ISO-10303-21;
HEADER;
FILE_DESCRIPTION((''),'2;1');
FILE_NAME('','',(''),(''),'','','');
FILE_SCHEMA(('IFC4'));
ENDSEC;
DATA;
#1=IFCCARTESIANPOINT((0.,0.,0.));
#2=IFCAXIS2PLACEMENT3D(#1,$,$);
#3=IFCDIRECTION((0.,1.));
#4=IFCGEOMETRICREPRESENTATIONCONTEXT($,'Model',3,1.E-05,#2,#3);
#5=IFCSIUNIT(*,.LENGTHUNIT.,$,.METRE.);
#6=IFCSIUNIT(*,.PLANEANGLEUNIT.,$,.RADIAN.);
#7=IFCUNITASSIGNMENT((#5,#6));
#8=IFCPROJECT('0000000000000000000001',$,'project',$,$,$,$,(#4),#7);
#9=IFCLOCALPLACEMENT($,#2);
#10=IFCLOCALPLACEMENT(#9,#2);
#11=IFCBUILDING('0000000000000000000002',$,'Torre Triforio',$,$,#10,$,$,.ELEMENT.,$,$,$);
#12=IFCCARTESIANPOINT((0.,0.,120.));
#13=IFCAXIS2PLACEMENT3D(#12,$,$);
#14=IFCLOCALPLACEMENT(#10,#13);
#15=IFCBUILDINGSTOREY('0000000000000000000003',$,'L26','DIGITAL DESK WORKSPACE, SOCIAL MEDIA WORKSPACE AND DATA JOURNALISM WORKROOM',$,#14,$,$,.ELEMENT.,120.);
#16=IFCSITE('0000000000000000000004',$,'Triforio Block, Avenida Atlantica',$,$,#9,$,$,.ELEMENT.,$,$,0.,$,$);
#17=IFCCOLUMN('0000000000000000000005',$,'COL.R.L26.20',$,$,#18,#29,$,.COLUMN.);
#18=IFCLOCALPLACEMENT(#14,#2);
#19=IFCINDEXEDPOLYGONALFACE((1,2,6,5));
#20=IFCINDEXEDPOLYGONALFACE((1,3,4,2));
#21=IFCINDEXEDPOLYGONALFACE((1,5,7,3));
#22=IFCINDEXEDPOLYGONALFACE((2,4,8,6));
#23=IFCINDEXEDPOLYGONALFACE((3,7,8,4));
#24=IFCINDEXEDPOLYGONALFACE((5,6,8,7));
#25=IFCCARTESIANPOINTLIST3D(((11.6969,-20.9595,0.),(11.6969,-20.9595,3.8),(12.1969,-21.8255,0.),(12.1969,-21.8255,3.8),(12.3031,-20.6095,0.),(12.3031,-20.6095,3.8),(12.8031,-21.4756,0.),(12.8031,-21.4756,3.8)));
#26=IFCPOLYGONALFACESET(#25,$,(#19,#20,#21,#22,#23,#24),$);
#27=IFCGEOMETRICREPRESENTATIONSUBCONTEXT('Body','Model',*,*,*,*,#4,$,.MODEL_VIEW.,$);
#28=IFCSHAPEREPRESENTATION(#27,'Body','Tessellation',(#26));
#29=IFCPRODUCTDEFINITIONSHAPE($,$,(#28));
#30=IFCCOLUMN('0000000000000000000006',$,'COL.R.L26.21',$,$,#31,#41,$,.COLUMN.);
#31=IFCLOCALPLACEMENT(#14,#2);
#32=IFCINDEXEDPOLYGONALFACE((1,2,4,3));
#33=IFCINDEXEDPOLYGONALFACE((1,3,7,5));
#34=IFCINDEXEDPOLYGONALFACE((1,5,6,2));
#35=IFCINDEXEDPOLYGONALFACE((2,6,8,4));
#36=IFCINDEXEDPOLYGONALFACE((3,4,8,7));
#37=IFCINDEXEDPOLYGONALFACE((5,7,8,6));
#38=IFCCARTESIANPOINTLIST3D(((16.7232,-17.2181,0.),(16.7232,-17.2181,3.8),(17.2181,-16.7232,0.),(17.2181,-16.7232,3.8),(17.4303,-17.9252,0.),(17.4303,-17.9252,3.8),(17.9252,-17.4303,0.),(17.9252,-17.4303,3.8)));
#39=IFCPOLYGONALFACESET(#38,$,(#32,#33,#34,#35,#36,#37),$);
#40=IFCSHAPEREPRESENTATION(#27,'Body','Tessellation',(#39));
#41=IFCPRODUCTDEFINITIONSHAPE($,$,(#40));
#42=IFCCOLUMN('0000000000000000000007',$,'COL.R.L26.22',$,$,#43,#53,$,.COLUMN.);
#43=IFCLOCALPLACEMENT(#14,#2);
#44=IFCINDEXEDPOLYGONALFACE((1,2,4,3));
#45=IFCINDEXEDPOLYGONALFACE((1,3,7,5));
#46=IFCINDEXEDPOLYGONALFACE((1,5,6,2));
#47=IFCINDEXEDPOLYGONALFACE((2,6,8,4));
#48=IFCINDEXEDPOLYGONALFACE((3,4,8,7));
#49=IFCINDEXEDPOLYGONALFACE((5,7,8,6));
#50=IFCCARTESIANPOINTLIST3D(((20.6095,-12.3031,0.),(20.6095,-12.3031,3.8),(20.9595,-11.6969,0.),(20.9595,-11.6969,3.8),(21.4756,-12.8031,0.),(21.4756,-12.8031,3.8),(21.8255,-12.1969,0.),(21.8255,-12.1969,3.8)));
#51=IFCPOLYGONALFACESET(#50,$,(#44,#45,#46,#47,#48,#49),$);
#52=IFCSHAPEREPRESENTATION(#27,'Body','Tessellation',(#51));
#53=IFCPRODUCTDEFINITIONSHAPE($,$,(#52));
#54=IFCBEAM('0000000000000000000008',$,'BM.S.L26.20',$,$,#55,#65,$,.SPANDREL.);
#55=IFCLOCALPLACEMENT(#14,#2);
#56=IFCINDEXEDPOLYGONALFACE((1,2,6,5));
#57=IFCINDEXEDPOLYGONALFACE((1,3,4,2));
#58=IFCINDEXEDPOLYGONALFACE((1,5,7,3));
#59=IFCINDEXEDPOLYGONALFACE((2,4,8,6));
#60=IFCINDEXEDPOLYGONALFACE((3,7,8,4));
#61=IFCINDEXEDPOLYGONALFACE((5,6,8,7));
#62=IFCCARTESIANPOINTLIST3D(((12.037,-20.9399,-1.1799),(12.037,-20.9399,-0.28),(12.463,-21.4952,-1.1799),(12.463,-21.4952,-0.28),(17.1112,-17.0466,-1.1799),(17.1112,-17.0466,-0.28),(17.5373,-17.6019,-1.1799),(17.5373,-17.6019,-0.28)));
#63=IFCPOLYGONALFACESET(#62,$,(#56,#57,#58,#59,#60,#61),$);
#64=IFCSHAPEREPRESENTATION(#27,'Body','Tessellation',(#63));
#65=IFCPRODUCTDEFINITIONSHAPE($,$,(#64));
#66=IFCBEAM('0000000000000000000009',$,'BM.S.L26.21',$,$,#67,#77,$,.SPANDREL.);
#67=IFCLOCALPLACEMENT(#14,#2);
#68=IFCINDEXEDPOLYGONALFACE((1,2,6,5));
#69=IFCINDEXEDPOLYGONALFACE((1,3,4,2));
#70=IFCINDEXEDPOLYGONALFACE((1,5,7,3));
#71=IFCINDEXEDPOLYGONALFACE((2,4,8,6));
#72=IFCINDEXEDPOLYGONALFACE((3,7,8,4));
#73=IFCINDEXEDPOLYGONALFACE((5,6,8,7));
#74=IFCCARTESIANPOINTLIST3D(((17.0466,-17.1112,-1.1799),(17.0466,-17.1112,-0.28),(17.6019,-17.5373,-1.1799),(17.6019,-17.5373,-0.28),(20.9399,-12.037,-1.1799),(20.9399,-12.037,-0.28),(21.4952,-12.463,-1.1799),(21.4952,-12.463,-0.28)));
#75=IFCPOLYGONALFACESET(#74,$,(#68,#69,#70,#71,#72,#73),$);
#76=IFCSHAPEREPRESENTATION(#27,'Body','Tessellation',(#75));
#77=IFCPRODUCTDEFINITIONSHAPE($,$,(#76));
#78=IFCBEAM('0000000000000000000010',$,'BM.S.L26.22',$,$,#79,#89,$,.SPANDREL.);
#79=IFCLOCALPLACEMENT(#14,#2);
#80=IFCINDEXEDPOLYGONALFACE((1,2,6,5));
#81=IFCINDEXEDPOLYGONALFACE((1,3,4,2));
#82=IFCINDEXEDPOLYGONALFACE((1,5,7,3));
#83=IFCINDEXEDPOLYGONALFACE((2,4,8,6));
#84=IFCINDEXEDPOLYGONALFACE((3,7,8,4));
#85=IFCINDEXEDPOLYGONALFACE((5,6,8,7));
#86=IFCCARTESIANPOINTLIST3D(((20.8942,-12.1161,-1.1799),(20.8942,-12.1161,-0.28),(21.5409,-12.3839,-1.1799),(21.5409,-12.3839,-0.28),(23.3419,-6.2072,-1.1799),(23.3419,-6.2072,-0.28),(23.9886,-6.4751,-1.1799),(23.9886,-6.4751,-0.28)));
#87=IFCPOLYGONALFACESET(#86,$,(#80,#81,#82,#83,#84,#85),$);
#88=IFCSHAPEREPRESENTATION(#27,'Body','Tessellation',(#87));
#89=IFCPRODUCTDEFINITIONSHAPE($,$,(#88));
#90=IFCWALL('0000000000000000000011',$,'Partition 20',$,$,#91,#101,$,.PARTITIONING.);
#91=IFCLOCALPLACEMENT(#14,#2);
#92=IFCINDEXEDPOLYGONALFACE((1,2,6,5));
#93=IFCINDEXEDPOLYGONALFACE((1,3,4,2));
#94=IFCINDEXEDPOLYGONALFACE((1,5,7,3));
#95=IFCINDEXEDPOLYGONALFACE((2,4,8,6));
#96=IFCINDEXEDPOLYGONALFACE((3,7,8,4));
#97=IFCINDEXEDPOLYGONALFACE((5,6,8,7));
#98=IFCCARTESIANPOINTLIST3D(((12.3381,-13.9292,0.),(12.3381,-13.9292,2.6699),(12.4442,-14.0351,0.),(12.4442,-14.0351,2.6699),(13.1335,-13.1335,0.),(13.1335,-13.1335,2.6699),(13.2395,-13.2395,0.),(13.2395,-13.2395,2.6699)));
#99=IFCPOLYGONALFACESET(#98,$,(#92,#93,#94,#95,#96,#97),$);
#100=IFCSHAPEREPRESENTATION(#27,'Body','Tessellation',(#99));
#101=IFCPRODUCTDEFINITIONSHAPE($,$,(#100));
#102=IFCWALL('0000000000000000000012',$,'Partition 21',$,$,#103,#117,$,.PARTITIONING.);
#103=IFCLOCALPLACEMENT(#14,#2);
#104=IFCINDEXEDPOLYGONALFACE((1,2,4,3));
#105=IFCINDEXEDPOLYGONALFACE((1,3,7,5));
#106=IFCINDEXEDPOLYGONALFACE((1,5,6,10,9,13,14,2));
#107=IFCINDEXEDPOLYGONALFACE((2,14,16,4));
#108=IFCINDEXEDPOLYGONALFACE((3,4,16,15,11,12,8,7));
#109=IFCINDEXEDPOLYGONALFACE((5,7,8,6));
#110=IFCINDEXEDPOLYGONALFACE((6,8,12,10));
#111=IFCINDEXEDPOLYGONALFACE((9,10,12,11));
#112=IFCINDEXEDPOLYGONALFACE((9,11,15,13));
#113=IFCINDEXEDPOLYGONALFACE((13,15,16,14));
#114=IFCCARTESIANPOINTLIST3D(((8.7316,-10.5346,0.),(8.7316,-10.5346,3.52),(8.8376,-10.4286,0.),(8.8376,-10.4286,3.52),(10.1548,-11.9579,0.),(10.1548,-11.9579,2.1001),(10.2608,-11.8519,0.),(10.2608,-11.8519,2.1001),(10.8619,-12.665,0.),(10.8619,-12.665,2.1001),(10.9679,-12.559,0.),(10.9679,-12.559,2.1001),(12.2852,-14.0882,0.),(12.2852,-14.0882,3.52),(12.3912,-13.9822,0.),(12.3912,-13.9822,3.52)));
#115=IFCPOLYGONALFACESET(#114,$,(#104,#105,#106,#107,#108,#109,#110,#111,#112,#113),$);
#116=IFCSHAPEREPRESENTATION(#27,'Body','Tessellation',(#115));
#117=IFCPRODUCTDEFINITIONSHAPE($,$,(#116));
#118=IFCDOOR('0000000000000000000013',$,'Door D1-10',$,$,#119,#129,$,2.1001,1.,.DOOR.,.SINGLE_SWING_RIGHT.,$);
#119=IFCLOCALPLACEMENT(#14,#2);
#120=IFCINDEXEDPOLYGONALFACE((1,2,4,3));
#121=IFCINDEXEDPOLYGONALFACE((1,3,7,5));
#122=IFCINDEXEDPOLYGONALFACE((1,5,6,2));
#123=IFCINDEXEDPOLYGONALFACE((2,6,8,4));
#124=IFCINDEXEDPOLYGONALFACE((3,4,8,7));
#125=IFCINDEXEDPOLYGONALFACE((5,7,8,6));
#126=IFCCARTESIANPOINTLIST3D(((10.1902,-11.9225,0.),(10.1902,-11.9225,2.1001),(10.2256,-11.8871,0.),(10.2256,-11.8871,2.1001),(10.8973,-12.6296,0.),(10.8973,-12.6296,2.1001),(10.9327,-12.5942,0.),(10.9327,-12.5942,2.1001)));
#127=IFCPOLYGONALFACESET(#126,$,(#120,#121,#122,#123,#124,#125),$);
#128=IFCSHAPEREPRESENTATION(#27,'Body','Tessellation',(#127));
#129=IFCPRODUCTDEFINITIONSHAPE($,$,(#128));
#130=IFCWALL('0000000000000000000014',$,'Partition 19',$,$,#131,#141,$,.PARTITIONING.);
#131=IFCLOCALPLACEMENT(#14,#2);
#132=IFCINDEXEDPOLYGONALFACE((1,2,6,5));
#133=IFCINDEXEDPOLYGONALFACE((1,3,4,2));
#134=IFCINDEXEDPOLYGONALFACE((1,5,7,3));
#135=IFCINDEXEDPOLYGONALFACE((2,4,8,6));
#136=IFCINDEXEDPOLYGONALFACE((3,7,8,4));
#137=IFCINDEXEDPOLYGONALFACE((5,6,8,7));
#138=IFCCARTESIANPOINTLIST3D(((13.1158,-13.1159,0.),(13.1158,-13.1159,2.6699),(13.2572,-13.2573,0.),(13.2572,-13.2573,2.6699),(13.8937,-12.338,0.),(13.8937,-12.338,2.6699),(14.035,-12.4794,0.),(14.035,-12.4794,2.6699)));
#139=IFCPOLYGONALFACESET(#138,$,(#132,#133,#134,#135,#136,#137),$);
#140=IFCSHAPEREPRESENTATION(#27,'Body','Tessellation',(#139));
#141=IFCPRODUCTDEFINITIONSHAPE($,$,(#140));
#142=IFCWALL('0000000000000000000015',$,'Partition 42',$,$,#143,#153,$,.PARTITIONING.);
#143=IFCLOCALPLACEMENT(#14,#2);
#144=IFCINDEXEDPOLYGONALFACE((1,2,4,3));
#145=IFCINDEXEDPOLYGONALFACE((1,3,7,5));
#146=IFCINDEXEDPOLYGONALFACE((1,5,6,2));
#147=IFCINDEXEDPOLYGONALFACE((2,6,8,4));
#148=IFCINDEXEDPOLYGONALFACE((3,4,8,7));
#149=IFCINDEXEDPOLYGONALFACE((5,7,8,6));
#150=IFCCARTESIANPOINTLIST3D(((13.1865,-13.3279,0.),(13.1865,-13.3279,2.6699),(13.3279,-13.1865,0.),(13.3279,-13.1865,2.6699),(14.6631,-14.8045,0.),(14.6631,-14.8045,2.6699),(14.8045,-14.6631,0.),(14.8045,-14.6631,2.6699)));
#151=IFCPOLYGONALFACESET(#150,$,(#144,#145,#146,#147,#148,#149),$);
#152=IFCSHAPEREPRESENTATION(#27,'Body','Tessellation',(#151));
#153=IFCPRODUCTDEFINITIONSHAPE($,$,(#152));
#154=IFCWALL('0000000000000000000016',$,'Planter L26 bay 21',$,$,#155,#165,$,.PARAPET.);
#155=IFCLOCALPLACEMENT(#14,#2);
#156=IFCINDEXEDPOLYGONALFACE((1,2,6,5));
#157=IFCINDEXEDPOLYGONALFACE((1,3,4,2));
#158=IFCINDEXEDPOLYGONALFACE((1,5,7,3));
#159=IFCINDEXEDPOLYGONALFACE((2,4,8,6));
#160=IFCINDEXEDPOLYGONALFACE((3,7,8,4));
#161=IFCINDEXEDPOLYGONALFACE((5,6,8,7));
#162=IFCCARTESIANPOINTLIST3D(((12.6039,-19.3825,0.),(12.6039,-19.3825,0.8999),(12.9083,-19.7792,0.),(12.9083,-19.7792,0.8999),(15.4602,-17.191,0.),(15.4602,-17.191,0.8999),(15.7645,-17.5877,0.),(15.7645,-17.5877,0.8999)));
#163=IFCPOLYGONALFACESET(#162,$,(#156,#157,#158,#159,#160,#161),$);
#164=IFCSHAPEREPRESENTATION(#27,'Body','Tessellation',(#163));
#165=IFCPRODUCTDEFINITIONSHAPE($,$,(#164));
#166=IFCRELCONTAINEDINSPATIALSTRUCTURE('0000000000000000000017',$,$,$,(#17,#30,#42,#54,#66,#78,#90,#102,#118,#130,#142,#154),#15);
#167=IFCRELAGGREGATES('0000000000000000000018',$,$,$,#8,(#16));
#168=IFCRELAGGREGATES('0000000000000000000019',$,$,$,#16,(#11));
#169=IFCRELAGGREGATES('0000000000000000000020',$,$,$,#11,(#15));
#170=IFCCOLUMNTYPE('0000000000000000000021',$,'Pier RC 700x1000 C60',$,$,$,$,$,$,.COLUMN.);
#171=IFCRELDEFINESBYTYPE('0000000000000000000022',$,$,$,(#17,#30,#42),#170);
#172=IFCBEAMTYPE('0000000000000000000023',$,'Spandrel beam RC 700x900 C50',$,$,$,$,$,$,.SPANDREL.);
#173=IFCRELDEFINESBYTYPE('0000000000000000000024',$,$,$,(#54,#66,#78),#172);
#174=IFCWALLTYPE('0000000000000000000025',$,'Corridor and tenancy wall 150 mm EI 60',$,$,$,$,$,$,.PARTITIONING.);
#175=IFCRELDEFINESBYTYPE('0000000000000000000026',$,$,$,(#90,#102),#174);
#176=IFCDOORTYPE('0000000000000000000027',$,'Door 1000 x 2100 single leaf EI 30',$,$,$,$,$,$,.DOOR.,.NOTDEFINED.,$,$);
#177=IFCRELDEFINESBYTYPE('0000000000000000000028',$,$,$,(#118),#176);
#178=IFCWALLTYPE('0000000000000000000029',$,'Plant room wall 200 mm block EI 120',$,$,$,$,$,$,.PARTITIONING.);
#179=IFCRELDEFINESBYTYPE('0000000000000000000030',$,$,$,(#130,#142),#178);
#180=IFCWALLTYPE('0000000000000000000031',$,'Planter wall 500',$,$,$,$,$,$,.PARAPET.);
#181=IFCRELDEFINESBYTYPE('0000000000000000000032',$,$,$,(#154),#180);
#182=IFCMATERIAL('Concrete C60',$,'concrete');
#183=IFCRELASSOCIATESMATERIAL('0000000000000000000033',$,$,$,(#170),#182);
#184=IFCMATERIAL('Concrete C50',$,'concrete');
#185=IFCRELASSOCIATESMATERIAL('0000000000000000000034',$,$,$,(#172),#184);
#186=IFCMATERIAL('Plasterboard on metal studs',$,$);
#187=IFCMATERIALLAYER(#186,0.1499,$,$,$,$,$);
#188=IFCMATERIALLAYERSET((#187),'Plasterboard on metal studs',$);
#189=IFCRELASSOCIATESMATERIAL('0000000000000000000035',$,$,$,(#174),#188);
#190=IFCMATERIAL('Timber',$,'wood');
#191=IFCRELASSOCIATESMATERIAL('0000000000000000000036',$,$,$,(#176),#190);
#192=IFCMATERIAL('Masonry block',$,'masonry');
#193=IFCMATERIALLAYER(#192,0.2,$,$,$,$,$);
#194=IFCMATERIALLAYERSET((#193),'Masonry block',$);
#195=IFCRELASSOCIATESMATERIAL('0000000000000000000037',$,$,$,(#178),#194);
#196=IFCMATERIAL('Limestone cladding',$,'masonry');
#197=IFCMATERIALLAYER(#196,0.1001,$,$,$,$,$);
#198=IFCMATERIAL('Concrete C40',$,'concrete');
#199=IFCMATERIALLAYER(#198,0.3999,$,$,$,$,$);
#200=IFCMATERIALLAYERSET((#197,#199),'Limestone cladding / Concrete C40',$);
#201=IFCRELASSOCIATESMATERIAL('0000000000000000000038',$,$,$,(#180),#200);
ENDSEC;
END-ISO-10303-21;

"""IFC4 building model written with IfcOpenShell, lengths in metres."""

from ifc_helpers import new_model, si_unit, direction, frame, frame_2d, origin, origin_2d, place, context, subcontext, project, spatial, rectangle, extrude, material, layer, layer_set, material_profile, profile_set, type_object, element, fill, save


model = new_model("IFC4")

# Units and contexts
model_context = context("Model", 3, precision=1e-05, world=origin(), true_north=direction((0.0, 1.0)))
body_context = subcontext(model_context, "Body", "Model", "MODEL_VIEW")
ifc_project = project(units=[si_unit("LENGTHUNIT", "METRE"), si_unit("PLANEANGLEUNIT", "RADIAN")], contexts=[model_context])

# Site, building, storey
site_placement = place(None, origin())
site = spatial("IfcSite", under=ifc_project, at=site_placement, Name="Triforio Block, Avenida Atlantica", CompositionType="ELEMENT", RefElevation=0.0)
building_placement = place(site_placement, origin())
building = spatial("IfcBuilding", under=site, at=building_placement, Name="Torre Triforio", CompositionType="ELEMENT")
storey_placement = place(building_placement, frame((0.0, 0.0, 120.0)))
storey = spatial("IfcBuildingStorey", under=building, at=storey_placement, Name="L26", Description="DIGITAL DESK WORKSPACE, SOCIAL MEDIA WORKSPACE AND DATA JOURNALISM WORKROOM", CompositionType="ELEMENT", Elevation=120.0)

# Columns
ifc_material_1 = material(Name="Concrete C60", Category="concrete")
ifc_material_profile_1 = material_profile(ifc_material_1, rectangle(XDim=0.7, YDim=1.0, at=origin_2d()), Name="RC 700x1000")
ifc_profile_set_1 = profile_set([ifc_material_profile_1], Name="Concrete C60")
column_type = type_object("IfcColumnType", Name="Pier RC 700x1000 C60", PredefinedType="COLUMN", material=ifc_profile_set_1)
for number, where, z_axis, x_axis, name in (
    (1, (12.25, -21.2175, 0.0), (0.0, 0.0, 1.0), (0.866025, 0.5, 0.0), "COL.R.L26.20"),
    (2, (17.3242, -17.3242, 0.0), (0.0, 0.0, 1.0), (0.707107, 0.707107, 0.0), "COL.R.L26.21"),
    (3, (21.2175, -12.25, 0.0), (0.0, 0.0, 1.0), (0.5, 0.866025, 0.0), "COL.R.L26.22"),
):
    element("IfcColumn", number, at=place(storey_placement, frame(where, z_axis=z_axis, x_axis=x_axis)), inside=storey, type_object=column_type, Name=name, PredefinedType="COLUMN", context=body_context, shape_type="SweptSolid", body=[
        extrude(rectangle(XDim=0.7, YDim=1.0, at=origin_2d()), origin(), (0.0, 0.0, 1.0), 3.8),
    ])

# Beams
ifc_material_2 = material(Name="Concrete C50", Category="concrete")
ifc_material_profile_2 = material_profile(ifc_material_2, rectangle(XDim=0.7, YDim=0.8999, at=origin_2d()), Name="RC 700x900")
ifc_profile_set_2 = profile_set([ifc_material_profile_2], Name="Concrete C50")
beam_type = type_object("IfcBeamType", Name="Spandrel beam RC 700x900 C50", PredefinedType="SPANDREL", material=ifc_profile_set_2)
for number, where, z_axis, x_axis, name in (
    (4, (12.25, -21.2175, -0.73), (0.793374, 0.608734, 0.0), (-0.608734, 0.793374, 0.0), "BM.S.L26.20"),
    (5, (17.3242, -17.3242, -0.73), (0.608734, 0.793374, 0.0), (-0.793374, 0.608734, 0.0), "BM.S.L26.21"),
    (6, (21.2175, -12.25, -0.73), (0.382709, 0.923869, 0.0), (-0.923869, 0.382709, 0.0), "BM.S.L26.22"),
):
    element("IfcBeam", number, at=place(storey_placement, frame(where, z_axis=z_axis, x_axis=x_axis)), inside=storey, type_object=beam_type, Name=name, PredefinedType="SPANDREL", context=body_context, shape_type="SweptSolid", body=[
        extrude(rectangle(XDim=0.7, YDim=0.8999, at=origin_2d()), origin(), (0.0, 0.0, 1.0), 6.3958),
    ])

# Wall
ifc_material_3 = material(Name="Plasterboard on metal studs")
ifc_layer_1 = layer(ifc_material_3, 0.1499)
ifc_layer_set_1 = layer_set([ifc_layer_1], Name="Plasterboard on metal studs")
wall_type_1 = type_object("IfcWallType", Name="Corridor and tenancy wall 150 mm EI 60", PredefinedType="PARTITIONING", material=ifc_layer_set_1)
wall_1_placement = place(storey_placement, frame((13.1865, -13.1865, 0.0), z_axis=(0.0, 0.0, 1.0), x_axis=(-0.706998, -0.707215, 0.0)))
element("IfcWall", 7, at=wall_1_placement, inside=storey, type_object=wall_type_1, Name="Partition 20", PredefinedType="PARTITIONING", context=body_context, shape_type="SweptSolid", body=[
    extrude(rectangle(XDim=1.125, YDim=0.1499, at=frame_2d((0.5625, 0.0))), origin(), (0.0, 0.0, 1.0), 2.6699),
])

# Wall, opening, door
wall_2_placement = place(storey_placement, frame((12.3381, -14.0352, 0.0), z_axis=(0.0, 0.0, 1.0), x_axis=(-0.707107, 0.707107, 0.0)))
wall_2 = element("IfcWall", 8, at=wall_2_placement, inside=storey, type_object=wall_type_1, Name="Partition 21", PredefinedType="PARTITIONING", context=body_context, shape_type="SweptSolid", body=[
    extrude(rectangle(XDim=5.0256, YDim=0.1499, at=frame_2d((2.5127, 0.0))), origin(), (0.0, 0.0, 1.0), 3.52),
])
opening_1_placement = place(wall_2_placement, frame((2.0127, 0.0, 0.0)))
opening_1 = element("IfcOpeningElement", 9, at=opening_1_placement, cuts=wall_2, PredefinedType="OPENING", context=body_context, shape_type="SweptSolid", body=[
    extrude(rectangle(XDim=1.0, YDim=2.1001, at=frame_2d((0.5, 1.05))), frame((0.0, 0.085, 0.0), z_axis=(0.0, -1.0, 0.0), x_axis=(1.0, 0.0, 0.0)), (0.0, 0.0, 1.0), 0.1699),
])
ifc_material_4 = material(Name="Timber", Category="wood")
door_type_1 = type_object("IfcDoorType", Name="Door 1000 x 2100 single leaf EI 30", OperationType="NOTDEFINED", PredefinedType="DOOR", material=ifc_material_4)
door_1_placement = place(opening_1_placement, origin())
door_1 = element("IfcDoor", 10, at=door_1_placement, inside=storey, type_object=door_type_1, Name="Door D1-10", OperationType="SINGLE_SWING_RIGHT", OverallHeight=2.1001, OverallWidth=1.0, PredefinedType="DOOR", context=body_context, shape_type="SweptSolid", body=[
    extrude(rectangle(XDim=1.0, YDim=2.1001, at=frame_2d((0.5, 1.05))), frame((0.0, 0.0249, 0.0), z_axis=(0.0, -1.0, 0.0), x_axis=(1.0, 0.0, 0.0)), (0.0, 0.0, 1.0), 0.05),
])
fill(opening_1, door_1)

# Walls
ifc_material_5 = material(Name="Masonry block", Category="masonry")
ifc_layer_2 = layer(ifc_material_5, 0.2)
ifc_layer_set_2 = layer_set([ifc_layer_2], Name="Masonry block")
wall_type_2 = type_object("IfcWallType", Name="Plant room wall 200 mm block EI 120", PredefinedType="PARTITIONING", material=ifc_layer_set_2)
wall_3_placement = place(storey_placement, frame((13.9644, -12.4087, 0.0), z_axis=(0.0, 0.0, 1.0), x_axis=(-0.707107, -0.707107, 0.0)))
element("IfcWall", 11, at=wall_3_placement, inside=storey, type_object=wall_type_2, Name="Partition 19", PredefinedType="PARTITIONING", context=body_context, shape_type="SweptSolid", body=[
    extrude(rectangle(XDim=1.1001, YDim=0.2, at=frame_2d((0.55, 0.0))), origin(), (0.0, 0.0, 1.0), 2.6699),
])
wall_4_placement = place(storey_placement, frame((13.2573, -13.2573, 0.0), z_axis=(0.0, 0.0, 1.0), x_axis=(0.707107, -0.707107, 0.0)))
element("IfcWall", 12, at=wall_4_placement, inside=storey, type_object=wall_type_2, Name="Partition 42", PredefinedType="PARTITIONING", context=body_context, shape_type="SweptSolid", body=[
    extrude(rectangle(XDim=2.0881, YDim=0.2, at=frame_2d((1.0439, 0.0))), origin(), (0.0, 0.0, 1.0), 2.6699),
])
ifc_material_6 = material(Name="Limestone cladding", Category="masonry")
ifc_layer_3 = layer(ifc_material_6, 0.1001)
ifc_material_7 = material(Name="Concrete C40", Category="concrete")
ifc_layer_4 = layer(ifc_material_7, 0.3999)
ifc_layer_set_3 = layer_set([ifc_layer_3, ifc_layer_4], Name="Limestone cladding / Concrete C40")
wall_type_3 = type_object("IfcWallType", Name="Planter wall 500", PredefinedType="PARAPET", material=ifc_layer_set_3)
wall_5_placement = place(storey_placement, frame((12.7561, -19.5808, 0.0), z_axis=(0.0, 0.0, 1.0), x_axis=(0.793385, 0.608721, 0.0)))
element("IfcWall", 13, at=wall_5_placement, inside=storey, type_object=wall_type_3, Name="Planter L26 bay 21", PredefinedType="PARAPET", context=body_context, shape_type="SweptSolid", body=[
    extrude(rectangle(XDim=3.6001, YDim=0.5, at=frame_2d((1.8, 0.0))), origin(), (0.0, 0.0, 1.0), 0.8999),
])

save(model, "model.ifc")
